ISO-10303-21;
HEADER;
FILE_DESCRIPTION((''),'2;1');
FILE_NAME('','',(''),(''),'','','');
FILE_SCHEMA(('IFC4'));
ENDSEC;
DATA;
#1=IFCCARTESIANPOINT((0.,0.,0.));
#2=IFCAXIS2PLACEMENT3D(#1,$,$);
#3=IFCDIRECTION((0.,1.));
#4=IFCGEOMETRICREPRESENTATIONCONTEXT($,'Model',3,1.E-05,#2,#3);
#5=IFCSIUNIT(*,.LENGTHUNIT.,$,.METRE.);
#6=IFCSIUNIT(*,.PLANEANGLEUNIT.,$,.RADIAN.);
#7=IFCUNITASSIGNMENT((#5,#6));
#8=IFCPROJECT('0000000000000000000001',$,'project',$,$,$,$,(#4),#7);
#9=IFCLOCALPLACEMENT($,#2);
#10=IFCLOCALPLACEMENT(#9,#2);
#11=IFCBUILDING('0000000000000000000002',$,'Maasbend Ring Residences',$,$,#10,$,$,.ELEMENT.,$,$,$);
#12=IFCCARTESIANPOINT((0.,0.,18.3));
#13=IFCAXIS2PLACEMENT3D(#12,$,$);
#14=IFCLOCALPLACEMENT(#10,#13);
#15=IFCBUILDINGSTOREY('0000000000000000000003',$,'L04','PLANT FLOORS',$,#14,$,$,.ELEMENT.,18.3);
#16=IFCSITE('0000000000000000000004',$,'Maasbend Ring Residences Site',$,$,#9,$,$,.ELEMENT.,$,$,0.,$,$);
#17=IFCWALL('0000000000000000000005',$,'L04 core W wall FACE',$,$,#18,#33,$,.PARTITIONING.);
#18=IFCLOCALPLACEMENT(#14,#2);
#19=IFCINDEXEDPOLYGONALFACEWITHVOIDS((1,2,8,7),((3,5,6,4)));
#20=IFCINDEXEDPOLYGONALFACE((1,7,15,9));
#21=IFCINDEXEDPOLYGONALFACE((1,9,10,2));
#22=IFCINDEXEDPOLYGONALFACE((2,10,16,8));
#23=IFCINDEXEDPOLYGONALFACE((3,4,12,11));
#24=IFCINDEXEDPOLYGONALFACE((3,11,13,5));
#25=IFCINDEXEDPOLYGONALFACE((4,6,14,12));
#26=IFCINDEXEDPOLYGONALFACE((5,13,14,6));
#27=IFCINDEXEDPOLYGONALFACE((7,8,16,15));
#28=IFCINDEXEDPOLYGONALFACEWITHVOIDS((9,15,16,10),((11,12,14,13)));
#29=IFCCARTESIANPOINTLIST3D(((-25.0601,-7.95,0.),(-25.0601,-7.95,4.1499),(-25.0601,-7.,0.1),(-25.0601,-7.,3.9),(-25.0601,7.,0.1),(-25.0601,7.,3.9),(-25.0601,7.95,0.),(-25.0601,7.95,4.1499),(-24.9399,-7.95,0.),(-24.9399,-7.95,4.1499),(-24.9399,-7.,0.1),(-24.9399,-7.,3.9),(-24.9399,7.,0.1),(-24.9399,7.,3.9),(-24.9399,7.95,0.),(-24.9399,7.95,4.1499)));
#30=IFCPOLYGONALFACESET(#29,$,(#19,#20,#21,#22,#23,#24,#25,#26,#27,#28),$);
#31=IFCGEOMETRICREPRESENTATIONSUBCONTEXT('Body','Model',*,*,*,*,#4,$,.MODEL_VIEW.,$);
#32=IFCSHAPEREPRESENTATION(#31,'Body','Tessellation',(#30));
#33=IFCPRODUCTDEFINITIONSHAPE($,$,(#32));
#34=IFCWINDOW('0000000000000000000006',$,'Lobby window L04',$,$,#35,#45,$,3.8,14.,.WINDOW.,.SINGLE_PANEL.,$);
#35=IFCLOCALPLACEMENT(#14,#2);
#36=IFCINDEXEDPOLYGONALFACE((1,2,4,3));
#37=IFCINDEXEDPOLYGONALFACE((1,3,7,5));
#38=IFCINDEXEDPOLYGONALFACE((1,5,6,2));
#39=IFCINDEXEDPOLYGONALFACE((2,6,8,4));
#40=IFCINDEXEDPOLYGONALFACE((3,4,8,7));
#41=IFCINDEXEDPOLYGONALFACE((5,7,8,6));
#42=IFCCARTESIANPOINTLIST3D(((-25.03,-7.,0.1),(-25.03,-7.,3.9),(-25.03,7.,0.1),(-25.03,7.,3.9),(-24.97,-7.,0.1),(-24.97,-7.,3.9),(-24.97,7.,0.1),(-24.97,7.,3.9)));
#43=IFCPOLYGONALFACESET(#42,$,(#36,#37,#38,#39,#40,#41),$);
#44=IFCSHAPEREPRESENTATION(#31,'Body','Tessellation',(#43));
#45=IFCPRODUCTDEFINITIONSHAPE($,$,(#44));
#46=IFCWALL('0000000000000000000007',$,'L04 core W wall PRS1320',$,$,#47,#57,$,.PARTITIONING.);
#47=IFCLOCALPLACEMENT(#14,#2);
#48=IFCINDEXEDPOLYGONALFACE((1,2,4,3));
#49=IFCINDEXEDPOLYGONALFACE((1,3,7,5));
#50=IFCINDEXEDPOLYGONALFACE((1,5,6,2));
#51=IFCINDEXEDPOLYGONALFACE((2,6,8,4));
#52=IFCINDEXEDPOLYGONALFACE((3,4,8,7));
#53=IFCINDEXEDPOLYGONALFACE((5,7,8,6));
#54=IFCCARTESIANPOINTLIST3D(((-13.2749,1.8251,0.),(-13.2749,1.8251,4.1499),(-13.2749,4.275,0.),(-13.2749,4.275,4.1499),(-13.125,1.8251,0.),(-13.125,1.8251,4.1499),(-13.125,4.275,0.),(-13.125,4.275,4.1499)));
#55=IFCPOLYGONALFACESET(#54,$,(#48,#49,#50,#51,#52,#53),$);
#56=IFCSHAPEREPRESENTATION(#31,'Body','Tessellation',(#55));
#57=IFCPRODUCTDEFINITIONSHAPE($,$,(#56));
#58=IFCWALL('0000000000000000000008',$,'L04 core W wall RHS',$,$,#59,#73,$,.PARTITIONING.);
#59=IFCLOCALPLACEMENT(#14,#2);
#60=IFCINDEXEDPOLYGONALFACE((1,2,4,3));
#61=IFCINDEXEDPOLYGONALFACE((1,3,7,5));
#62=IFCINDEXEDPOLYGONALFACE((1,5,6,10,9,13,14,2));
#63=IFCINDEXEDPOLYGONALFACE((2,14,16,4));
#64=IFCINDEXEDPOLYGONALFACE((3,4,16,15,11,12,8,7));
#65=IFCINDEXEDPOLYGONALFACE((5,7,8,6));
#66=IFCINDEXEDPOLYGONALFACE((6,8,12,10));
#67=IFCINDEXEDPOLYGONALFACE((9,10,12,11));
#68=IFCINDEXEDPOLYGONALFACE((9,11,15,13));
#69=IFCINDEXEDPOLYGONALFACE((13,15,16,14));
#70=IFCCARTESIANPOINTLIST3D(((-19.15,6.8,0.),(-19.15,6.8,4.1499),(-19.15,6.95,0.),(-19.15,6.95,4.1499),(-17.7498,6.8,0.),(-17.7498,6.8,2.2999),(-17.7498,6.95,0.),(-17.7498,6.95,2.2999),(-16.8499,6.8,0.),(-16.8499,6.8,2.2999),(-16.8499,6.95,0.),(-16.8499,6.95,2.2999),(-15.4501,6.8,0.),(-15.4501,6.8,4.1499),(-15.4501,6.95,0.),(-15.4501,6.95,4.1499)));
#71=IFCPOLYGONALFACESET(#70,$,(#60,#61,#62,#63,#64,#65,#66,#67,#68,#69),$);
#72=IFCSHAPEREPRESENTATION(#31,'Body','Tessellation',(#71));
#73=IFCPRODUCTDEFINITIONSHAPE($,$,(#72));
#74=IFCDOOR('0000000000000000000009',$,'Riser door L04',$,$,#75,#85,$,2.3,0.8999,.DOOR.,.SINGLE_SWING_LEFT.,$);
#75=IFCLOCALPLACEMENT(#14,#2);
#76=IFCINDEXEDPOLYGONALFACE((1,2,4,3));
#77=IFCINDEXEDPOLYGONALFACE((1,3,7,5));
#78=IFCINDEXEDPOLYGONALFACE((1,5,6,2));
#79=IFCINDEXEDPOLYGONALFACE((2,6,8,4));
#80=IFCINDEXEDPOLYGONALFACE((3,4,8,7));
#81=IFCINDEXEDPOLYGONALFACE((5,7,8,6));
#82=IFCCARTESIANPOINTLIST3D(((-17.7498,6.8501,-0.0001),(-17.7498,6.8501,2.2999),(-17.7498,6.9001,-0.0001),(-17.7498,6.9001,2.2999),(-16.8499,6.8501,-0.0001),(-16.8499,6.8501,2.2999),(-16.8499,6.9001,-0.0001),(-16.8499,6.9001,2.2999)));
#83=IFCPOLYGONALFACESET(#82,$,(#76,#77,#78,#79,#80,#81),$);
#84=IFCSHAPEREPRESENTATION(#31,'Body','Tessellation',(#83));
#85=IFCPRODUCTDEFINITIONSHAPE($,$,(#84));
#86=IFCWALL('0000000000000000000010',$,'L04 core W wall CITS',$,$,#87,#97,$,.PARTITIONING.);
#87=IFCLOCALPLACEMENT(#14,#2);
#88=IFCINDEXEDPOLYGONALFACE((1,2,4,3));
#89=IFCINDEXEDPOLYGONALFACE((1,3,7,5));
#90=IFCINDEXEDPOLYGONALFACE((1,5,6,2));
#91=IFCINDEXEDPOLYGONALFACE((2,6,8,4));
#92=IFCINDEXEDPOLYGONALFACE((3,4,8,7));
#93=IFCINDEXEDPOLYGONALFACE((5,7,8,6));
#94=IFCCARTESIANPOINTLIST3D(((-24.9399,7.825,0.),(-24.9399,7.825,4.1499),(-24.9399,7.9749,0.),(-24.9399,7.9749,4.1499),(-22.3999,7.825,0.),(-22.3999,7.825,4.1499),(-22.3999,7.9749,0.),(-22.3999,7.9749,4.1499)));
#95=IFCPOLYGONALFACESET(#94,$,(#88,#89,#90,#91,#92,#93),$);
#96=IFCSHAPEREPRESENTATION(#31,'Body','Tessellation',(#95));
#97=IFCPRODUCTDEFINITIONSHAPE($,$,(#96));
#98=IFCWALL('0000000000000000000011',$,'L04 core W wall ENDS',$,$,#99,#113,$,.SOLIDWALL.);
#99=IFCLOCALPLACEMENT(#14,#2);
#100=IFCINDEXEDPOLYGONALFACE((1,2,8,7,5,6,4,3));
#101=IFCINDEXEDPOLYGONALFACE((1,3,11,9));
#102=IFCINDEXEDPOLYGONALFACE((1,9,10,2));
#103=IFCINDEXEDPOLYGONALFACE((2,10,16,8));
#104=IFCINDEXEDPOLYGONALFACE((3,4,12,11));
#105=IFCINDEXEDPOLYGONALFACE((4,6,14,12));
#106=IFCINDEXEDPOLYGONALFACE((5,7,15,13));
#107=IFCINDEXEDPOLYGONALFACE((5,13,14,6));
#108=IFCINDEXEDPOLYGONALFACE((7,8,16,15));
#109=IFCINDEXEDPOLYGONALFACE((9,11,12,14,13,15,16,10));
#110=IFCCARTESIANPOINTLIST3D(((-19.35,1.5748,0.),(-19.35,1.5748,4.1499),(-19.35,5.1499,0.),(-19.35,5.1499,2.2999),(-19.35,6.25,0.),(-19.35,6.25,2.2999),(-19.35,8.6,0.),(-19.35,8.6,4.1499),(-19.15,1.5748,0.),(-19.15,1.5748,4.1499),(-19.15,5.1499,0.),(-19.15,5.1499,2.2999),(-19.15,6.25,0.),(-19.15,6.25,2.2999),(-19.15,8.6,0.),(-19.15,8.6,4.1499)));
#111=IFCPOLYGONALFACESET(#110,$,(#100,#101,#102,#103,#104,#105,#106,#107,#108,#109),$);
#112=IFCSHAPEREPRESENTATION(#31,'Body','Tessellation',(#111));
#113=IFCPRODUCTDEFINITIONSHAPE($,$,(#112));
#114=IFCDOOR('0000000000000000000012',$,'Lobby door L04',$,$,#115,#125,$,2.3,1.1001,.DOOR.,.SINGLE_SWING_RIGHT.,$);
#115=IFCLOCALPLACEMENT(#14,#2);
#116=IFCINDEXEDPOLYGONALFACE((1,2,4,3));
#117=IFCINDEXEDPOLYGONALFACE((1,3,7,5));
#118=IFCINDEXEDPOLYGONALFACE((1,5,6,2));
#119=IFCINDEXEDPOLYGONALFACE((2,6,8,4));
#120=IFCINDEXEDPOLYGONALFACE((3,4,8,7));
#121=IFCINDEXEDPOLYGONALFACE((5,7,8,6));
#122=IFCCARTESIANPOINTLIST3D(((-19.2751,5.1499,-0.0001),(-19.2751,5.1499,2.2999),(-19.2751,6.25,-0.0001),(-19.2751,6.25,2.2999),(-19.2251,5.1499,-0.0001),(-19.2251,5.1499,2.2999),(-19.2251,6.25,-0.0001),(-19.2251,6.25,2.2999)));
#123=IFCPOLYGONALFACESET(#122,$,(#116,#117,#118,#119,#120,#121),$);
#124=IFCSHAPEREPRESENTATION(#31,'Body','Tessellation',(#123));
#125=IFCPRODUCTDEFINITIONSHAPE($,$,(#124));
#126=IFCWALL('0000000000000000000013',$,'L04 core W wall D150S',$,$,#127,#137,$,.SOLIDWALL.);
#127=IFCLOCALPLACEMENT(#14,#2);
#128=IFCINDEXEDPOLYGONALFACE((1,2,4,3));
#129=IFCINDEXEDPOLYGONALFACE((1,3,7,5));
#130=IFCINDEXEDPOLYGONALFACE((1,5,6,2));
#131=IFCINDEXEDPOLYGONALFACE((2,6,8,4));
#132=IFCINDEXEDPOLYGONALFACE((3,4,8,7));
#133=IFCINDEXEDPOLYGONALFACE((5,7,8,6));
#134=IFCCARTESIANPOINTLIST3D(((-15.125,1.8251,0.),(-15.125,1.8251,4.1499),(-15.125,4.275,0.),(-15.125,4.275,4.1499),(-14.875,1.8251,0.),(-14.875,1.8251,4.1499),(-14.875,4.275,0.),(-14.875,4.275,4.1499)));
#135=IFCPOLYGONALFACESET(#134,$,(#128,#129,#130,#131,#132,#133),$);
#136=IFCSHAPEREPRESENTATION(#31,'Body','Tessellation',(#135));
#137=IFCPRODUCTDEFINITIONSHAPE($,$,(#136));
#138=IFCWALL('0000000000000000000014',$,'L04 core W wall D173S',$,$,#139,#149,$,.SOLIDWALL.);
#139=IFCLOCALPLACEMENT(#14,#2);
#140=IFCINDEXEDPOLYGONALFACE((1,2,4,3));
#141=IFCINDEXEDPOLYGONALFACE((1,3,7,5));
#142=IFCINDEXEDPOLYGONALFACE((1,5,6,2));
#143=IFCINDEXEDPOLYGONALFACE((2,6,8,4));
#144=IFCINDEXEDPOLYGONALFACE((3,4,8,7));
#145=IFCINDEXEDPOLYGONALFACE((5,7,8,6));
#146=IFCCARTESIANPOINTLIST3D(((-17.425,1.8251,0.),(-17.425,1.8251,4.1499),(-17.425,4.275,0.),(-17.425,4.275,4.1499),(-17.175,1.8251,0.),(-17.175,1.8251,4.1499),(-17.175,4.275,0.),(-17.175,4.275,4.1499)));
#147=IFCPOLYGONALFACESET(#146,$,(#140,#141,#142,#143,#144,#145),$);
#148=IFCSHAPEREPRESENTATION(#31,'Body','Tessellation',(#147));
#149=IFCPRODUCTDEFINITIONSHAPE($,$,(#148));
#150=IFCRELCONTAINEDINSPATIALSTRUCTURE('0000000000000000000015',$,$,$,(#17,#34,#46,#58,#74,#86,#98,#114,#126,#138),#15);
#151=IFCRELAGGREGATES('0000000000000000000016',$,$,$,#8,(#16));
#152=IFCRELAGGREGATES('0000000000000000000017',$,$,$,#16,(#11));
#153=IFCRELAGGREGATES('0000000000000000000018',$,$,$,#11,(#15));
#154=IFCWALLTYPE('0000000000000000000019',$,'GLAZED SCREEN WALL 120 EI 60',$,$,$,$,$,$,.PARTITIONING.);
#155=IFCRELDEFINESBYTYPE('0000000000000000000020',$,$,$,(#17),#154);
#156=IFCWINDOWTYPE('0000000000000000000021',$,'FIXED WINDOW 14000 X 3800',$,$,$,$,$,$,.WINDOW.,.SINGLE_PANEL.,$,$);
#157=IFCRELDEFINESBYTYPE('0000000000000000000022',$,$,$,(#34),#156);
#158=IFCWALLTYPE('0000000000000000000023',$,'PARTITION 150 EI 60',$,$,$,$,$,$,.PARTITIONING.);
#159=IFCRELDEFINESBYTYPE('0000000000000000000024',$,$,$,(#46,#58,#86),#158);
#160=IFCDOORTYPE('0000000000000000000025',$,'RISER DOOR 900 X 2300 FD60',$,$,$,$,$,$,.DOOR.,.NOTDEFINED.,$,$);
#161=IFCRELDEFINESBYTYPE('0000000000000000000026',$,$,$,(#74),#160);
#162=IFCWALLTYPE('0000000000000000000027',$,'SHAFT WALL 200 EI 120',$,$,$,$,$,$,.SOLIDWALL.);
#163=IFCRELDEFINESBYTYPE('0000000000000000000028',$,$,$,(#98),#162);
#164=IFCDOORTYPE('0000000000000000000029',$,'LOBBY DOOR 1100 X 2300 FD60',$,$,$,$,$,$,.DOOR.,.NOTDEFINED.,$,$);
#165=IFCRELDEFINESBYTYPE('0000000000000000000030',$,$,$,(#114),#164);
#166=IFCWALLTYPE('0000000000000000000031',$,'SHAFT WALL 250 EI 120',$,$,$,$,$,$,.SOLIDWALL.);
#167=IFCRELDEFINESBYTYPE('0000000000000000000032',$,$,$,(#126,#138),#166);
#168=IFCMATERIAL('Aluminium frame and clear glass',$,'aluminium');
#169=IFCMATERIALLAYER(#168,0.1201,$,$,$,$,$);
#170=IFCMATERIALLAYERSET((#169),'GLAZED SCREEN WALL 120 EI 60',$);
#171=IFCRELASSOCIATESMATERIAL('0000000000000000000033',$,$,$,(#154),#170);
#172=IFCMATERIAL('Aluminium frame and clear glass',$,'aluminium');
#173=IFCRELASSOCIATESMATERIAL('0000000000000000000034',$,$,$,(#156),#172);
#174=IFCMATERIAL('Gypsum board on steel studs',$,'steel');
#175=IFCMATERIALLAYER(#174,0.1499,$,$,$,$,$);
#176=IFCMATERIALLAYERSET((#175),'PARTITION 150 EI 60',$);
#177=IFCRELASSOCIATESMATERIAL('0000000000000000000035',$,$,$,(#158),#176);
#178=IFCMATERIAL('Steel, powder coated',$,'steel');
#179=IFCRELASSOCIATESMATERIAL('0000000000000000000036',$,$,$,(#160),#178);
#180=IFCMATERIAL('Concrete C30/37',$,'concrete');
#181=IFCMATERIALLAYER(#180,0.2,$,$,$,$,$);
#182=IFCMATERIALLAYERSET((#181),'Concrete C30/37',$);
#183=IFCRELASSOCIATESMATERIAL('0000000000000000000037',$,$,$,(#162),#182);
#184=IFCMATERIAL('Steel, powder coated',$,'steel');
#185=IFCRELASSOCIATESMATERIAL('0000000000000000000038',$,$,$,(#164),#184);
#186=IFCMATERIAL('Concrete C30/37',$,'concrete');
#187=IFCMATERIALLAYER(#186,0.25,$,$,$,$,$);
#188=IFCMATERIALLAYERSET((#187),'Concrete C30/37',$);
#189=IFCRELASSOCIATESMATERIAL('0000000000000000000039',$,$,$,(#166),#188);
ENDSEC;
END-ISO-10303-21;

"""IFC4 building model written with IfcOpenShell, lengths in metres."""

from ifc_helpers import new_model, si_unit, direction, frame, frame_2d, origin, place, context, subcontext, project, spatial, rectangle, extrude, material, layer, layer_set, type_object, element, fill, save


model = new_model("IFC4")

# Units and contexts
model_context = context("Model", 3, precision=1e-05, world=origin(), true_north=direction((0.0, 1.0)))
body_context = subcontext(model_context, "Body", "Model", "MODEL_VIEW")
ifc_project = project(units=[si_unit("LENGTHUNIT", "METRE"), si_unit("PLANEANGLEUNIT", "RADIAN")], contexts=[model_context])

# Site, building, storey
site_placement = place(None, origin())
site = spatial("IfcSite", under=ifc_project, at=site_placement, Name="Maasbend Ring Residences Site", CompositionType="ELEMENT", RefElevation=0.0)
building_placement = place(site_placement, origin())
building = spatial("IfcBuilding", under=site, at=building_placement, Name="Maasbend Ring Residences", CompositionType="ELEMENT")
storey_placement = place(building_placement, frame((0.0, 0.0, 18.3)))
storey = spatial("IfcBuildingStorey", under=building, at=storey_placement, Name="L04", Description="PLANT FLOORS", CompositionType="ELEMENT", Elevation=18.3)

# Wall, opening, window
ifc_material_1 = material(Name="Aluminium frame and clear glass", Category="aluminium")
ifc_layer_1 = layer(ifc_material_1, 0.1201)
ifc_layer_set_1 = layer_set([ifc_layer_1], Name="GLAZED SCREEN WALL 120 EI 60")
wall_type_1 = type_object("IfcWallType", Name="GLAZED SCREEN WALL 120 EI 60", PredefinedType="PARTITIONING", material=ifc_layer_set_1)
wall_1_placement = place(storey_placement, frame((-25.0, 7.95, 0.0), z_axis=(0.0, 0.0, 1.0), x_axis=(0.0, -1.0, 0.0)))
wall_1 = element("IfcWall", 1, at=wall_1_placement, inside=storey, type_object=wall_type_1, Name="L04 core W wall FACE", PredefinedType="PARTITIONING", context=body_context, shape_type="SweptSolid", body=[
    extrude(rectangle(XDim=15.8999, YDim=0.1201, at=frame_2d((7.95, 0.0))), origin(), (0.0, 0.0, 1.0), 4.1499),
])
opening_1_placement = place(wall_1_placement, frame((0.95, 0.0, 0.1001)))
opening_1 = element("IfcOpeningElement", 2, at=opening_1_placement, cuts=wall_1, PredefinedType="OPENING", context=body_context, shape_type="SweptSolid", body=[
    extrude(rectangle(XDim=14.0, YDim=3.8, at=frame_2d((7.0, 1.8999))), frame((0.0, 0.0701, 0.0), z_axis=(0.0, -1.0, 0.0), x_axis=(1.0, 0.0, 0.0)), (0.0, 0.0, 1.0), 0.1401),
])
ifc_material_2 = material(Name="Aluminium frame and clear glass", Category="aluminium")
window_type_1 = type_object("IfcWindowType", Name="FIXED WINDOW 14000 X 3800", PartitioningType="SINGLE_PANEL", PredefinedType="WINDOW", material=ifc_material_2)
window_1_placement = place(opening_1_placement, origin())
window_1 = element("IfcWindow", 3, at=window_1_placement, inside=storey, type_object=window_type_1, Name="Lobby window L04", OverallHeight=3.8, OverallWidth=14.0, PartitioningType="SINGLE_PANEL", PredefinedType="WINDOW", context=body_context, shape_type="SweptSolid", body=[
    extrude(rectangle(XDim=14.0, YDim=3.8, at=frame_2d((7.0, 1.8999))), frame((0.0, 0.03, 0.0), z_axis=(0.0, -1.0, 0.0), x_axis=(1.0, 0.0, 0.0)), (0.0, 0.0, 1.0), 0.0601),
])
fill(opening_1, window_1)

# Wall
ifc_material_3 = material(Name="Gypsum board on steel studs", Category="steel")
ifc_layer_2 = layer(ifc_material_3, 0.1499)
ifc_layer_set_2 = layer_set([ifc_layer_2], Name="PARTITION 150 EI 60")
wall_type_2 = type_object("IfcWallType", Name="PARTITION 150 EI 60", PredefinedType="PARTITIONING", material=ifc_layer_set_2)
wall_2_placement = place(storey_placement, frame((-13.2, 1.825, 0.0), z_axis=(0.0, 0.0, 1.0), x_axis=(0.0, 1.0, 0.0)))
element("IfcWall", 4, at=wall_2_placement, inside=storey, type_object=wall_type_2, Name="L04 core W wall PRS1320", PredefinedType="PARTITIONING", context=body_context, shape_type="SweptSolid", body=[
    extrude(rectangle(XDim=2.45, YDim=0.1499, at=frame_2d((1.2251, 0.0))), origin(), (0.0, 0.0, 1.0), 4.1499),
])

# Wall, opening, door
wall_3_placement = place(storey_placement, frame((-15.45, 6.875, 0.0), z_axis=(0.0, 0.0, 1.0), x_axis=(-1.0, 0.0, 0.0)))
wall_3 = element("IfcWall", 5, at=wall_3_placement, inside=storey, type_object=wall_type_2, Name="L04 core W wall RHS", PredefinedType="PARTITIONING", context=body_context, shape_type="SweptSolid", body=[
    extrude(rectangle(XDim=3.7, YDim=0.1499, at=frame_2d((1.8501, 0.0))), origin(), (0.0, 0.0, 1.0), 4.1499),
])
opening_2_placement = place(wall_3_placement, frame((1.3999, 0.0, 0.0)))
opening_2 = element("IfcOpeningElement", 6, at=opening_2_placement, cuts=wall_3, PredefinedType="OPENING", context=body_context, shape_type="SweptSolid", body=[
    extrude(rectangle(XDim=0.8999, YDim=2.3, at=frame_2d((0.45, 1.1499))), frame((0.0, 0.085, 0.0), z_axis=(0.0, -1.0, 0.0), x_axis=(1.0, 0.0, 0.0)), (0.0, 0.0, 1.0), 0.1699),
])
ifc_material_4 = material(Name="Steel, powder coated", Category="steel")
door_type_1 = type_object("IfcDoorType", Name="RISER DOOR 900 X 2300 FD60", OperationType="NOTDEFINED", PredefinedType="DOOR", material=ifc_material_4)
door_1_placement = place(opening_2_placement, origin())
door_1 = element("IfcDoor", 7, at=door_1_placement, inside=storey, type_object=door_type_1, Name="Riser door L04", OperationType="SINGLE_SWING_LEFT", OverallHeight=2.3, OverallWidth=0.8999, PredefinedType="DOOR", context=body_context, shape_type="SweptSolid", body=[
    extrude(rectangle(XDim=0.8999, YDim=2.3, at=frame_2d((0.45, 1.1499))), frame((0.0, 0.0249, 0.0), z_axis=(0.0, -1.0, 0.0), x_axis=(1.0, 0.0, 0.0)), (0.0, 0.0, 1.0), 0.05),
])
fill(opening_2, door_1)

# Wall
wall_4_placement = place(storey_placement, frame((-22.3999, 7.8999, 0.0), z_axis=(0.0, 0.0, 1.0), x_axis=(-1.0, 0.0, 0.0)))
element("IfcWall", 8, at=wall_4_placement, inside=storey, type_object=wall_type_2, Name="L04 core W wall CITS", PredefinedType="PARTITIONING", context=body_context, shape_type="SweptSolid", body=[
    extrude(rectangle(XDim=2.54, YDim=0.1499, at=frame_2d((1.27, 0.0))), origin(), (0.0, 0.0, 1.0), 4.1499),
])

# Wall, opening, door
ifc_material_5 = material(Name="Concrete C30/37", Category="concrete")
ifc_layer_3 = layer(ifc_material_5, 0.2)
ifc_layer_set_3 = layer_set([ifc_layer_3], Name="Concrete C30/37")
wall_type_3 = type_object("IfcWallType", Name="SHAFT WALL 200 EI 120", PredefinedType="SOLIDWALL", material=ifc_layer_set_3)
wall_5_placement = place(storey_placement, frame((-19.25, 8.6001, 0.0), z_axis=(0.0, 0.0, 1.0), x_axis=(0.0, -1.0, 0.0)))
wall_5 = element("IfcWall", 9, at=wall_5_placement, inside=storey, type_object=wall_type_3, Name="L04 core W wall ENDS", PredefinedType="SOLIDWALL", context=body_context, shape_type="SweptSolid", body=[
    extrude(rectangle(XDim=7.0251, YDim=0.2, at=frame_2d((3.5127, 0.0))), origin(), (0.0, 0.0, 1.0), 4.1499),
])
opening_3_placement = place(wall_5_placement, frame((2.3501, 0.0, 0.0)))
opening_3 = element("IfcOpeningElement", 10, at=opening_3_placement, cuts=wall_5, PredefinedType="OPENING", context=body_context, shape_type="SweptSolid", body=[
    extrude(rectangle(XDim=1.1001, YDim=2.3, at=frame_2d((0.55, 1.1499))), frame((0.0, 0.1099, 0.0), z_axis=(0.0, -1.0, 0.0), x_axis=(1.0, 0.0, 0.0)), (0.0, 0.0, 1.0), 0.22),
])
ifc_material_6 = material(Name="Steel, powder coated", Category="steel")
door_type_2 = type_object("IfcDoorType", Name="LOBBY DOOR 1100 X 2300 FD60", OperationType="NOTDEFINED", PredefinedType="DOOR", material=ifc_material_6)
door_2_placement = place(opening_3_placement, origin())
door_2 = element("IfcDoor", 11, at=door_2_placement, inside=storey, type_object=door_type_2, Name="Lobby door L04", OperationType="SINGLE_SWING_RIGHT", OverallHeight=2.3, OverallWidth=1.1001, PredefinedType="DOOR", context=body_context, shape_type="SweptSolid", body=[
    extrude(rectangle(XDim=1.1001, YDim=2.3, at=frame_2d((0.55, 1.1499))), frame((0.0, 0.0249, 0.0), z_axis=(0.0, -1.0, 0.0), x_axis=(1.0, 0.0, 0.0)), (0.0, 0.0, 1.0), 0.05),
])
fill(opening_3, door_2)

# Walls
ifc_material_7 = material(Name="Concrete C30/37", Category="concrete")
ifc_layer_4 = layer(ifc_material_7, 0.25)
ifc_layer_set_4 = layer_set([ifc_layer_4], Name="Concrete C30/37")
wall_type_4 = type_object("IfcWallType", Name="SHAFT WALL 250 EI 120", PredefinedType="SOLIDWALL", material=ifc_layer_set_4)
for number, where, z_axis, x_axis, name in (
    (12, (-15.0, 1.825, 0.0), (0.0, 0.0, 1.0), (0.0, 1.0, 0.0), "L04 core W wall D150S"),
    (13, (-17.3, 1.825, 0.0), (0.0, 0.0, 1.0), (0.0, 1.0, 0.0), "L04 core W wall D173S"),
):
    element("IfcWall", number, at=place(storey_placement, frame(where, z_axis=z_axis, x_axis=x_axis)), inside=storey, type_object=wall_type_4, Name=name, PredefinedType="SOLIDWALL", context=body_context, shape_type="SweptSolid", body=[
        extrude(rectangle(XDim=2.45, YDim=0.25, at=frame_2d((1.2251, 0.0))), origin(), (0.0, 0.0, 1.0), 4.1499),
    ])

save(model, "model.ifc")
